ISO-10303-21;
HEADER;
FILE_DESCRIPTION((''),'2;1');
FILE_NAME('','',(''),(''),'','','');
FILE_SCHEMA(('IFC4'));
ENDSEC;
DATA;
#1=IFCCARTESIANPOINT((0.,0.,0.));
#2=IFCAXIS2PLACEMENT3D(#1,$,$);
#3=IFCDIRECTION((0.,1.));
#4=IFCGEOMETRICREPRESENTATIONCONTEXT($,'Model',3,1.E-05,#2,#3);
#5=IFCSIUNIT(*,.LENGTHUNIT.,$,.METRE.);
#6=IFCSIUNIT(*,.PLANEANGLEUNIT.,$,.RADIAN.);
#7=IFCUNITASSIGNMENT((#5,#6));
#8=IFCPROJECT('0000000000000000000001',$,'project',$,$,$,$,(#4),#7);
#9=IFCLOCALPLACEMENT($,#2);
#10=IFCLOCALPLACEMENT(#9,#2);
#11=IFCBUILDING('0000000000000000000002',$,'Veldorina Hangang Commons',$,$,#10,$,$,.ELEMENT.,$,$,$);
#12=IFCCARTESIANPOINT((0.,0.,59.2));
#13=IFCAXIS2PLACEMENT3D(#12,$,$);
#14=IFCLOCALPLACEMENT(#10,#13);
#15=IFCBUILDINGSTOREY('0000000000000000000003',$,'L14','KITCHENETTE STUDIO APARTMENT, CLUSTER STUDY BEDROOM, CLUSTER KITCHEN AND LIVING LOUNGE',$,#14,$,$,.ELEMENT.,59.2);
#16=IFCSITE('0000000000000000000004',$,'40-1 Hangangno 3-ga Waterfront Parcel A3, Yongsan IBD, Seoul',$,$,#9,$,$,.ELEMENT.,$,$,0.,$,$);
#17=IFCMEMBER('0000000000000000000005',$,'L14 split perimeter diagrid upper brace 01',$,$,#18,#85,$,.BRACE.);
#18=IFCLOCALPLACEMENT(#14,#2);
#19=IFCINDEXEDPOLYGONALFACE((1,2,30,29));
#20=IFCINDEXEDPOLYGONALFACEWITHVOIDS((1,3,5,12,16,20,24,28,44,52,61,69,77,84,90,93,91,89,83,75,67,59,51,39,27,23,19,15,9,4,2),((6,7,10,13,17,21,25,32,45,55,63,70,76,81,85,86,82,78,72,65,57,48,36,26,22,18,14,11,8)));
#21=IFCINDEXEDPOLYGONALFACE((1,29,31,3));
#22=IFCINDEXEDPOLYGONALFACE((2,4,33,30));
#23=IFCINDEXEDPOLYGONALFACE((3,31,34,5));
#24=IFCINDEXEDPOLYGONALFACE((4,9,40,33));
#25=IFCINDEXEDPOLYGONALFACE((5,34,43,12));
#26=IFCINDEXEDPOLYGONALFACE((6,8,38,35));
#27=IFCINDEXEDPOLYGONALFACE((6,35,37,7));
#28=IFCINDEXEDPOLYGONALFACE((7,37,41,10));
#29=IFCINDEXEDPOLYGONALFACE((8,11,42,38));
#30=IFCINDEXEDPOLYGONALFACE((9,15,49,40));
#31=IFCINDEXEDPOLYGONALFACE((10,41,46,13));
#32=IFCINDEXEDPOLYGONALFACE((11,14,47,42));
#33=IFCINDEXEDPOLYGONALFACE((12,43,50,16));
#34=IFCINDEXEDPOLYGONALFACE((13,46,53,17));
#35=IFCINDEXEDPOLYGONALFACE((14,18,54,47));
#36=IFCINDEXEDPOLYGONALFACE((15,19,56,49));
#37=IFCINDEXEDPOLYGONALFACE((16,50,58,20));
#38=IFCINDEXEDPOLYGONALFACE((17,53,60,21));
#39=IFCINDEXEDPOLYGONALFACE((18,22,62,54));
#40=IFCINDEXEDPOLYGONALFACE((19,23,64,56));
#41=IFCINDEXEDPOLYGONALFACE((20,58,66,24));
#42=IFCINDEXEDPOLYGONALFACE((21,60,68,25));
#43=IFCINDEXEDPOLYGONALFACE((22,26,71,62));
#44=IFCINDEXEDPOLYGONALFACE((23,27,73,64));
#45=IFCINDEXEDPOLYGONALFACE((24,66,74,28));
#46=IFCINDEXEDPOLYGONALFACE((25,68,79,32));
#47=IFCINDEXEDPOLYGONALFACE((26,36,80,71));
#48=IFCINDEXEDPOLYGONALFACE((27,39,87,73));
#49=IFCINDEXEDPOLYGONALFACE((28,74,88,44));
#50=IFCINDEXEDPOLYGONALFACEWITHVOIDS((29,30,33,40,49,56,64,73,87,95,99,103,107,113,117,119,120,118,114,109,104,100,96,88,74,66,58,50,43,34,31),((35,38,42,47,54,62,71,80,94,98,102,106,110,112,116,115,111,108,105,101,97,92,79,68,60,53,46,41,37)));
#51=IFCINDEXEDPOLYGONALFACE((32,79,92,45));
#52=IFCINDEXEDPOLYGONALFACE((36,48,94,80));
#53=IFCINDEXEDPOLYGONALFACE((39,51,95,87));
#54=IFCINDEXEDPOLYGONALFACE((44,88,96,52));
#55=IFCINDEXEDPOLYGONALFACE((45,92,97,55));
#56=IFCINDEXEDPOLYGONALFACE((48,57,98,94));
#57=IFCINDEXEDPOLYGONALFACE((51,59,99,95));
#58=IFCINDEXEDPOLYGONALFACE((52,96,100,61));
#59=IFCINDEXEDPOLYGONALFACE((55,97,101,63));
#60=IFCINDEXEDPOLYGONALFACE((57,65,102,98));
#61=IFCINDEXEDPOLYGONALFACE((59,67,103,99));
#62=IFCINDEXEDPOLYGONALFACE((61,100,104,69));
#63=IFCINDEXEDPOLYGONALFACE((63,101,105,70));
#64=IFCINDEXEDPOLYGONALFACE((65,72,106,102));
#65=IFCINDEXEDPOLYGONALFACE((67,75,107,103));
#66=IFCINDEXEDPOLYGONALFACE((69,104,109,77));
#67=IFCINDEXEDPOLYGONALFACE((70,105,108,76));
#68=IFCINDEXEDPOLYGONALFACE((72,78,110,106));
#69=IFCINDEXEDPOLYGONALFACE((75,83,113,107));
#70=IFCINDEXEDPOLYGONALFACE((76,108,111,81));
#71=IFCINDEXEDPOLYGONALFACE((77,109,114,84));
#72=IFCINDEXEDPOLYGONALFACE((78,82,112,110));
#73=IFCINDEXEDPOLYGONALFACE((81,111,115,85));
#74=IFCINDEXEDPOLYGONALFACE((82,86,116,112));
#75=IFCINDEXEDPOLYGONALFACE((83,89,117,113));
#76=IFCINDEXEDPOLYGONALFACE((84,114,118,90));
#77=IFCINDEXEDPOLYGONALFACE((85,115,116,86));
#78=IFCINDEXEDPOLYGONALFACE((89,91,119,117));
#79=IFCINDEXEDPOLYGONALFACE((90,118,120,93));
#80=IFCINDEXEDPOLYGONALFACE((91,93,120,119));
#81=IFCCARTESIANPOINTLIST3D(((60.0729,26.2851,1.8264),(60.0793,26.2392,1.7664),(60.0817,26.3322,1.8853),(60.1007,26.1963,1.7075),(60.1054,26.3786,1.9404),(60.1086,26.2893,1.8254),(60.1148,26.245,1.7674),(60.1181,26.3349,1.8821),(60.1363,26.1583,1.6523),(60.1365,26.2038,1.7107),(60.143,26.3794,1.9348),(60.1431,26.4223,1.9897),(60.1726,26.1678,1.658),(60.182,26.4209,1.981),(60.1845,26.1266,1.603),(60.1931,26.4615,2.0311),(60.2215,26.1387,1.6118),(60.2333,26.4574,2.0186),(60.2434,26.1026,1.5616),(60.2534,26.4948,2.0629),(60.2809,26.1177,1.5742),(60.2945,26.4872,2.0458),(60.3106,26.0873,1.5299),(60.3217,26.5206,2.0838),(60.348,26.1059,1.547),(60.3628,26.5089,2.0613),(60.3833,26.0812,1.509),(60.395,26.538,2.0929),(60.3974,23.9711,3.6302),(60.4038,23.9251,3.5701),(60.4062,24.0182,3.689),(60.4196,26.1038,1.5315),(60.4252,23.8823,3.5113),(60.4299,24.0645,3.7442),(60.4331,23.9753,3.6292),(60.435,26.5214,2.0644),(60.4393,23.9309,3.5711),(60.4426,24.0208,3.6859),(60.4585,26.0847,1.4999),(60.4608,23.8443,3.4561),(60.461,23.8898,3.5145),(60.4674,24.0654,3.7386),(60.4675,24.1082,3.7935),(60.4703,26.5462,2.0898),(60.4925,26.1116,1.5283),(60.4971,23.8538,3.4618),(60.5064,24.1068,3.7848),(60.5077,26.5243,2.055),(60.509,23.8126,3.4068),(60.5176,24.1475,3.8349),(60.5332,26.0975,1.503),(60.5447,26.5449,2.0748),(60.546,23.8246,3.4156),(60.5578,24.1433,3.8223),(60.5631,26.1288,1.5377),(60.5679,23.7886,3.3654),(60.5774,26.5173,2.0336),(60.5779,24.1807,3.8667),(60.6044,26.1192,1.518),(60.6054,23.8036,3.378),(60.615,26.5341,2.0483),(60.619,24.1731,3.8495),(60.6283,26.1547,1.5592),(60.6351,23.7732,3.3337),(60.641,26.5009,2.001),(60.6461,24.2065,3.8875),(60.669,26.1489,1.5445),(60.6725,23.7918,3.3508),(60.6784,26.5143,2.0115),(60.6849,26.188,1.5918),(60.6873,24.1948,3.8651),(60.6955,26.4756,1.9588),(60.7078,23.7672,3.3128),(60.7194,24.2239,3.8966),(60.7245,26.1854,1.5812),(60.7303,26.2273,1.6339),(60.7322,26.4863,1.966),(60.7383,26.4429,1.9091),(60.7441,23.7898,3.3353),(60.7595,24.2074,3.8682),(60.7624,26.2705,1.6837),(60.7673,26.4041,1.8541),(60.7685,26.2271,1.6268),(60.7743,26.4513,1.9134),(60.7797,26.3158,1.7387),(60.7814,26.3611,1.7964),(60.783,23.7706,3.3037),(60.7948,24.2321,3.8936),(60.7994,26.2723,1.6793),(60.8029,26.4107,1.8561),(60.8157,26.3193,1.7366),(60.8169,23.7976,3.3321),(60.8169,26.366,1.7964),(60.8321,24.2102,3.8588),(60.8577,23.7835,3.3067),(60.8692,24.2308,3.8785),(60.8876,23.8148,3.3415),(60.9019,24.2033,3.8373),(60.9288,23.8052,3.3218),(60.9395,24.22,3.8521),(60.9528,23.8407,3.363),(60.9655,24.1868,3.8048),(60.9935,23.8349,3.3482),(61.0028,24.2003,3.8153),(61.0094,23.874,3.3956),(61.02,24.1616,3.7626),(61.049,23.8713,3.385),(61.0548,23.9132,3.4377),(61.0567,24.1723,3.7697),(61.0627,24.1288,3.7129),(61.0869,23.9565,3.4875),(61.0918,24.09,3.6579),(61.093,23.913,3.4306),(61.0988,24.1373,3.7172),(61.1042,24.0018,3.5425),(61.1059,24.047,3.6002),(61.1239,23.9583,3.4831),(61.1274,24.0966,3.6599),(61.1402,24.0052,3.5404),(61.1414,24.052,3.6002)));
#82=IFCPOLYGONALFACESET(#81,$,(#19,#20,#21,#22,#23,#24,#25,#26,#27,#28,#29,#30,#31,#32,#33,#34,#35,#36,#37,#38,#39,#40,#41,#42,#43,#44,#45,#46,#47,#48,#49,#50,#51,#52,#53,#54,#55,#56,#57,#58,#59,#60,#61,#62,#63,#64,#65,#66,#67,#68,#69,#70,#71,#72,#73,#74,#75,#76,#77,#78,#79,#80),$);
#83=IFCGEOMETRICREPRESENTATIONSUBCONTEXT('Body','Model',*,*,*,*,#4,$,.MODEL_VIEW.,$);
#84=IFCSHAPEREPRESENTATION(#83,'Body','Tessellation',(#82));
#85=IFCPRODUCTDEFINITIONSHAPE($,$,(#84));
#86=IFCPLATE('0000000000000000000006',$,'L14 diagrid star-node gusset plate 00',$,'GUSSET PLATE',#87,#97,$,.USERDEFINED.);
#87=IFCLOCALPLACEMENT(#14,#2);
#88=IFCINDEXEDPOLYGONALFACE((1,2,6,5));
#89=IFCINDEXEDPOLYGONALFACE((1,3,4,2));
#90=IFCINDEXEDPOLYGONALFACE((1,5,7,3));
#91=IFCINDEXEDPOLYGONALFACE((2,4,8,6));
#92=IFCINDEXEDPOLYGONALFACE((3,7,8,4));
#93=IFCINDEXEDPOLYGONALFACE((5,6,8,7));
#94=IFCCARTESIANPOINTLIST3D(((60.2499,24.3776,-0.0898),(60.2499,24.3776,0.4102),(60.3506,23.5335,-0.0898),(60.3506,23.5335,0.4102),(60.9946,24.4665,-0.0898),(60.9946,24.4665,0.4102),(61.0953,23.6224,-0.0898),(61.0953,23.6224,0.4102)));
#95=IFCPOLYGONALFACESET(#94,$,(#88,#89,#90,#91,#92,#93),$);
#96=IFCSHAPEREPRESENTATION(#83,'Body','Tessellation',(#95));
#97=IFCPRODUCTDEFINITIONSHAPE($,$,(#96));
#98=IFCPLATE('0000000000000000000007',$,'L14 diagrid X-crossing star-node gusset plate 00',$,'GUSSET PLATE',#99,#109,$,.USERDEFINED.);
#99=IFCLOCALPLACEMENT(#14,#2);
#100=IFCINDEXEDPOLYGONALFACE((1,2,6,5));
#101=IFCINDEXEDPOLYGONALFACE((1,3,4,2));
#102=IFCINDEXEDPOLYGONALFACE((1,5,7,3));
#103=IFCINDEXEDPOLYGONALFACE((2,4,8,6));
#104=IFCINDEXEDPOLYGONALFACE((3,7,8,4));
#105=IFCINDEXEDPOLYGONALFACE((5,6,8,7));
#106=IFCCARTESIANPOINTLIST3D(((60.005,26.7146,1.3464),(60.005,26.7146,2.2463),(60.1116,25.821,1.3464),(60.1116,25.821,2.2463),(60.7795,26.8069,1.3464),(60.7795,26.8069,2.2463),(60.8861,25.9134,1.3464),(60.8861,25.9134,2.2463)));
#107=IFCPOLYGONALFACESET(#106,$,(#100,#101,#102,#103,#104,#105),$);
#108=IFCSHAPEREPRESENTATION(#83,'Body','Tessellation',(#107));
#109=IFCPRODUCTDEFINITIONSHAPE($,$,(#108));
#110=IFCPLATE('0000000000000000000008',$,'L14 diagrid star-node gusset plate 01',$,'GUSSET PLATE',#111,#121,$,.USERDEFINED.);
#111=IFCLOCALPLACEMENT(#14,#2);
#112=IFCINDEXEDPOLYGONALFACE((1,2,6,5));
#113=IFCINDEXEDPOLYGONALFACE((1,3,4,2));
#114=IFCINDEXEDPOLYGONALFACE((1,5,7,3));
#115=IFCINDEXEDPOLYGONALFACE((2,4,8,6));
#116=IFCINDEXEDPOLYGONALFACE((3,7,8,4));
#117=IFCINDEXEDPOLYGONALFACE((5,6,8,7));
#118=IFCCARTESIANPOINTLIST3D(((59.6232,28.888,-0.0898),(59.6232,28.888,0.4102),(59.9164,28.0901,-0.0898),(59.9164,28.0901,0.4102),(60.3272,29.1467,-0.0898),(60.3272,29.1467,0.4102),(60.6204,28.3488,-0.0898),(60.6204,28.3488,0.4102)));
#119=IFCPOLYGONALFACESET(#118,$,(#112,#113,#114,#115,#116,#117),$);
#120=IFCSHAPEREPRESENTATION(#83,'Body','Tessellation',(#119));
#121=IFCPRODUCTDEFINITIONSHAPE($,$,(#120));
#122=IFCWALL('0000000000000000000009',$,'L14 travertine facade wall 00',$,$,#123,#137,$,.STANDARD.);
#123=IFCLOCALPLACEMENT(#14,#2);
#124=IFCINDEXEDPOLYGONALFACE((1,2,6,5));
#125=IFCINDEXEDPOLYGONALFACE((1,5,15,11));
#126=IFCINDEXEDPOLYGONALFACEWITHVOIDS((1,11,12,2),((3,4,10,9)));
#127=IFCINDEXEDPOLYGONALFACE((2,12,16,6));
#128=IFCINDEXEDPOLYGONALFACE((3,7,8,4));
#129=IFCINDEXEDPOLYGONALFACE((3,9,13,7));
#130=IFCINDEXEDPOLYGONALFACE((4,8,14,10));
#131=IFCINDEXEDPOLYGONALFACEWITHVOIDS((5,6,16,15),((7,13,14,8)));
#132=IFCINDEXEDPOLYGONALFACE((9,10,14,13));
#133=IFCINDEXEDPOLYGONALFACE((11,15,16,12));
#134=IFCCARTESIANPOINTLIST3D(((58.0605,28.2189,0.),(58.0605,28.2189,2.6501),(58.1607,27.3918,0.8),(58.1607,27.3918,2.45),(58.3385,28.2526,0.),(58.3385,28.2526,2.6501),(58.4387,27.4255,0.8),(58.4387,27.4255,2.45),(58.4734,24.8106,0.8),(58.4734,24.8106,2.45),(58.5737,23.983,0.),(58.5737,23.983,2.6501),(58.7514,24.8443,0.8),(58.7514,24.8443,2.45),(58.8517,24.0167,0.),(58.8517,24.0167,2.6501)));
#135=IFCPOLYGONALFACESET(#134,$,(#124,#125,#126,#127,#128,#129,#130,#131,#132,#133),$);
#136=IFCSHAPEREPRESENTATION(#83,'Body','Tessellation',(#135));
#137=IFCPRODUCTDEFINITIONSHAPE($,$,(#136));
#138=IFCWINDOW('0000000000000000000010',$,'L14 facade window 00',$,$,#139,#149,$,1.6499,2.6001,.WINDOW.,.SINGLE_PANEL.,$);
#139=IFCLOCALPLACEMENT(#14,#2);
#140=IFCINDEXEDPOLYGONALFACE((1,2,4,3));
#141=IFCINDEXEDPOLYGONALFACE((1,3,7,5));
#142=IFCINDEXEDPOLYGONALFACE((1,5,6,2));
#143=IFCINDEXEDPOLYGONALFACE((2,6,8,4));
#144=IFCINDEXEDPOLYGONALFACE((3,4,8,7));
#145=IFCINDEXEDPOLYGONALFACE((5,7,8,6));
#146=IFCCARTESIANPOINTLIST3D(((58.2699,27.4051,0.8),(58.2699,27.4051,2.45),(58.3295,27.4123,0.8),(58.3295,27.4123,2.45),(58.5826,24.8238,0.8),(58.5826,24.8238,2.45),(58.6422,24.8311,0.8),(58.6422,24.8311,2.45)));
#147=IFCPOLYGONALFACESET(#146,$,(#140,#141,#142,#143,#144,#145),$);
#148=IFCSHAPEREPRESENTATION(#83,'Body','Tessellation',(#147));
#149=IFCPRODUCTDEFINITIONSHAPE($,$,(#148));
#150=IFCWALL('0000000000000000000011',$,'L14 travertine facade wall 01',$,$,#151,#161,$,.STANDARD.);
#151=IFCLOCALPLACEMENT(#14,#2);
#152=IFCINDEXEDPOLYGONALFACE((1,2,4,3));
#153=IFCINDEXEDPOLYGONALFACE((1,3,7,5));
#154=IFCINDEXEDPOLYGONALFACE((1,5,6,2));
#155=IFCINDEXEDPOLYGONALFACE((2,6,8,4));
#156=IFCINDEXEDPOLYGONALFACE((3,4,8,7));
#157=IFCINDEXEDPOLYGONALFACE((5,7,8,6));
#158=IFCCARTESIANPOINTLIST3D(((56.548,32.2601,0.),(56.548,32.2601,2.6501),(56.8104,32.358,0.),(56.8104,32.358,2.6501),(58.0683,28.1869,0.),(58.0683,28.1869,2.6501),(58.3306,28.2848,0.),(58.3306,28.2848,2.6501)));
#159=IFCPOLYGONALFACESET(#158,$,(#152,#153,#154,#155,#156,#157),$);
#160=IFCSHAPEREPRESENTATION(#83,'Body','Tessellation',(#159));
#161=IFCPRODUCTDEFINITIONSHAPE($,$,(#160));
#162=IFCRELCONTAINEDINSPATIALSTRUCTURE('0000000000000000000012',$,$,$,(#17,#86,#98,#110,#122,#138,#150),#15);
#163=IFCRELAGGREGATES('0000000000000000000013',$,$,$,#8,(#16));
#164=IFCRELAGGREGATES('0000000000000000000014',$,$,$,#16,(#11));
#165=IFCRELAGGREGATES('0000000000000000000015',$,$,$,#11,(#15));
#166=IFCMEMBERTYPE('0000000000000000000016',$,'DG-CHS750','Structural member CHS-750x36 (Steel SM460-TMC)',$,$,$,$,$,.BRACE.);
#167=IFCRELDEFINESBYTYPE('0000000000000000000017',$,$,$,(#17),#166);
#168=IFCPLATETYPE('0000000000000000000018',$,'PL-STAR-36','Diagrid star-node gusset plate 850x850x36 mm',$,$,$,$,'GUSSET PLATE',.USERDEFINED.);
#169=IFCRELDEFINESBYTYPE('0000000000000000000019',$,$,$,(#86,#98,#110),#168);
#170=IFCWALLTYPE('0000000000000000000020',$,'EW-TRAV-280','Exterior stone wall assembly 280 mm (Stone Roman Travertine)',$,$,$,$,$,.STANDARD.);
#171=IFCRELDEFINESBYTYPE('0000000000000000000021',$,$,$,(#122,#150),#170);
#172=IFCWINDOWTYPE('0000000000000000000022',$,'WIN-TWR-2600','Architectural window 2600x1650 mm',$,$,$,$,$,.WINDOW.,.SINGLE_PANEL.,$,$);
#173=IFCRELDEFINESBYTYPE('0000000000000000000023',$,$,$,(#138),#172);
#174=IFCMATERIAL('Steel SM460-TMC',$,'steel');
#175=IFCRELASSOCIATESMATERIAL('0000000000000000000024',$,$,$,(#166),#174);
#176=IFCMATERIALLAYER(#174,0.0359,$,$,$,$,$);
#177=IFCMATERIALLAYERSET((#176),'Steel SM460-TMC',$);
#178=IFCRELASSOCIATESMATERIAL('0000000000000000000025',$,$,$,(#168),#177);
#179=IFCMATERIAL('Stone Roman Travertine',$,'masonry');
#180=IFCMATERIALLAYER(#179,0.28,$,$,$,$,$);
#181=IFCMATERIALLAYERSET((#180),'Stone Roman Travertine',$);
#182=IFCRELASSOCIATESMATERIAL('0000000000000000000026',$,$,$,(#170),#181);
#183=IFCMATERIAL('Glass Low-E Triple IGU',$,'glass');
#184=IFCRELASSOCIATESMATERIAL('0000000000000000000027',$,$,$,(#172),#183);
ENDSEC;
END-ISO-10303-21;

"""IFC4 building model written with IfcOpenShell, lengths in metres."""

from ifc_helpers import new_model, si_unit, direction, frame, frame_2d, origin, origin_2d, place, context, subcontext, project, spatial, rectangle, hollow_circle, extrude, material, layer, layer_set, material_profile, profile_set, type_object, element, fill, save


model = new_model("IFC4")

# Units and contexts
model_context = context("Model", 3, precision=1e-05, world=origin(), true_north=direction((0.0, 1.0)))
body_context = subcontext(model_context, "Body", "Model", "MODEL_VIEW")
ifc_project = project(units=[si_unit("LENGTHUNIT", "METRE"), si_unit("PLANEANGLEUNIT", "RADIAN")], contexts=[model_context])

# Site, building, storey
site_placement = place(None, origin())
site = spatial("IfcSite", under=ifc_project, at=site_placement, Name="40-1 Hangangno 3-ga Waterfront Parcel A3, Yongsan IBD, Seoul", CompositionType="ELEMENT", RefElevation=0.0)
building_placement = place(site_placement, origin())
building = spatial("IfcBuilding", under=site, at=building_placement, Name="Veldorina Hangang Commons", CompositionType="ELEMENT")
storey_placement = place(building_placement, frame((0.0, 0.0, 59.2)))
storey = spatial("IfcBuildingStorey", under=building, at=storey_placement, Name="L14", Description="KITCHENETTE STUDIO APARTMENT, CLUSTER STUDY BEDROOM, CLUSTER KITCHEN AND LIVING LOUNGE", CompositionType="ELEMENT", Elevation=59.2)

# Shared definitions
ifc_material_1 = material(Name="Steel SM460-TMC", Category="steel")

# Member
ifc_material_profile_1 = material_profile(ifc_material_1, hollow_circle(Radius=0.375, WallThickness=0.0359, at=origin_2d()), Name="CHS-750x36")
ifc_profile_set_1 = profile_set([ifc_material_profile_1], Name="Steel SM460-TMC")
member_type = type_object("IfcMemberType", Name="DG-CHS750", Description="Structural member CHS-750x36 (Steel SM460-TMC)", PredefinedType="BRACE", material=ifc_profile_set_1)
member_1_placement = place(storey_placement, frame((60.4456, 26.314, 1.7964), z_axis=(0.109921, -0.783918, 0.611056), x_axis=(0.990312, 0.138861, 0.0)))
element("IfcMember", 1, at=member_1_placement, inside=storey, type_object=member_type, Name="L14 split perimeter diagrid upper brace 01", PredefinedType="BRACE", context=body_context, shape_type="SweptSolid", body=[
    extrude(hollow_circle(Radius=0.375, WallThickness=0.0359, at=origin_2d()), origin(), (0.0, 0.0, 1.0), 2.9519),
])

# Plates
ifc_layer_1 = layer(ifc_material_1, 0.0359)
ifc_layer_set_1 = layer_set([ifc_layer_1], Name="Steel SM460-TMC")
plate_type = type_object("IfcPlateType", Name="PL-STAR-36", Description="Diagrid star-node gusset plate 850x850x36 mm", ElementType="GUSSET PLATE", PredefinedType="USERDEFINED", material=ifc_layer_set_1)
plate_1_placement = place(storey_placement, frame((60.6726, 24.0, -0.0898), z_axis=(0.0, 0.0, 1.0), x_axis=(-0.118439, 0.992961, 0.0)))
element("IfcPlate", 2, at=plate_1_placement, inside=storey, type_object=plate_type, Name="L14 diagrid star-node gusset plate 00", ObjectType="GUSSET PLATE", PredefinedType="USERDEFINED", context=body_context, shape_type="SweptSolid", body=[
    extrude(rectangle(XDim=0.8501, YDim=0.75, at=origin_2d()), origin(), (0.0, 0.0, 1.0), 0.5),
])
plate_2_placement = place(storey_placement, frame((60.4456, 26.314, 1.3464), z_axis=(0.0, 0.0, 1.0), x_axis=(-0.118439, 0.992961, 0.0)))
element("IfcPlate", 3, at=plate_2_placement, inside=storey, type_object=plate_type, Name="L14 diagrid X-crossing star-node gusset plate 00", ObjectType="GUSSET PLATE", PredefinedType="USERDEFINED", context=body_context, shape_type="SweptSolid", body=[
    extrude(rectangle(XDim=0.8999, YDim=0.78, at=origin_2d()), origin(), (0.0, 0.0, 1.0), 0.8999),
])
plate_3_placement = place(storey_placement, frame((60.1218, 28.6184, -0.0898), z_axis=(0.0, 0.0, 1.0), x_axis=(-0.344889, 0.938644, 0.0)))
element("IfcPlate", 4, at=plate_3_placement, inside=storey, type_object=plate_type, Name="L14 diagrid star-node gusset plate 01", ObjectType="GUSSET PLATE", PredefinedType="USERDEFINED", context=body_context, shape_type="SweptSolid", body=[
    extrude(rectangle(XDim=0.8501, YDim=0.75, at=origin_2d()), origin(), (0.0, 0.0, 1.0), 0.5),
])

# Wall, opening, window
ifc_material_2 = material(Name="Stone Roman Travertine", Category="masonry")
ifc_layer_2 = layer(ifc_material_2, 0.28)
ifc_layer_set_2 = layer_set([ifc_layer_2], Name="Stone Roman Travertine")
wall_type_1 = type_object("IfcWallType", Name="EW-TRAV-280", Description="Exterior stone wall assembly 280 mm (Stone Roman Travertine)", PredefinedType="STANDARD", material=ifc_layer_set_2)
wall_1_placement = place(storey_placement, frame((58.7126, 24.0, 0.0), z_axis=(0.0, 0.0, 1.0), x_axis=(-0.120273, 0.992741, 0.0)))
wall_1 = element("IfcWall", 5, at=wall_1_placement, inside=storey, type_object=wall_type_1, Name="L14 travertine facade wall 00", PredefinedType="STANDARD", context=body_context, shape_type="SweptSolid", body=[
    extrude(rectangle(XDim=4.2668, YDim=0.28, at=frame_2d((2.1333, 0.0))), origin(), (0.0, 0.0, 1.0), 2.6501),
])
opening_1_placement = place(wall_1_placement, frame((0.8335, 0.0, 0.8)))
opening_1 = element("IfcOpeningElement", 6, at=opening_1_placement, cuts=wall_1, PredefinedType="OPENING", context=body_context, shape_type="SweptSolid", body=[
    extrude(rectangle(XDim=2.6001, YDim=1.6499, at=frame_2d((1.3, 0.825))), frame((0.0, 0.1499, 0.0), z_axis=(0.0, -1.0, 0.0), x_axis=(1.0, 0.0, 0.0)), (0.0, 0.0, 1.0), 0.3),
])
ifc_material_3 = material(Name="Glass Low-E Triple IGU", Category="glass")
window_type = type_object("IfcWindowType", Name="WIN-TWR-2600", Description="Architectural window 2600x1650 mm", PartitioningType="SINGLE_PANEL", PredefinedType="WINDOW", material=ifc_material_3)
window_placement = place(opening_1_placement, origin())
window = element("IfcWindow", 7, at=window_placement, inside=storey, type_object=window_type, Name="L14 facade window 00", OverallHeight=1.6499, OverallWidth=2.6001, PartitioningType="SINGLE_PANEL", PredefinedType="WINDOW", context=body_context, shape_type="SweptSolid", body=[
    extrude(rectangle(XDim=2.6001, YDim=1.6499, at=frame_2d((1.3, 0.825))), frame((0.0, 0.03, 0.0), z_axis=(0.0, -1.0, 0.0), x_axis=(1.0, 0.0, 0.0)), (0.0, 0.0, 1.0), 0.0601),
])
fill(opening_1, window)

# Wall
wall_2_placement = place(storey_placement, frame((58.1995, 28.2358, 0.0), z_axis=(0.0, 0.0, 1.0), x_axis=(-0.349671, 0.936873, 0.0)))
element("IfcWall", 8, at=wall_2_placement, inside=storey, type_object=wall_type_1, Name="L14 travertine facade wall 01", PredefinedType="STANDARD", context=body_context, shape_type="SweptSolid", body=[
    extrude(rectangle(XDim=4.3477, YDim=0.28, at=frame_2d((2.1738, 0.0))), origin(), (0.0, 0.0, 1.0), 2.6501),
])

save(model, "model.ifc")
